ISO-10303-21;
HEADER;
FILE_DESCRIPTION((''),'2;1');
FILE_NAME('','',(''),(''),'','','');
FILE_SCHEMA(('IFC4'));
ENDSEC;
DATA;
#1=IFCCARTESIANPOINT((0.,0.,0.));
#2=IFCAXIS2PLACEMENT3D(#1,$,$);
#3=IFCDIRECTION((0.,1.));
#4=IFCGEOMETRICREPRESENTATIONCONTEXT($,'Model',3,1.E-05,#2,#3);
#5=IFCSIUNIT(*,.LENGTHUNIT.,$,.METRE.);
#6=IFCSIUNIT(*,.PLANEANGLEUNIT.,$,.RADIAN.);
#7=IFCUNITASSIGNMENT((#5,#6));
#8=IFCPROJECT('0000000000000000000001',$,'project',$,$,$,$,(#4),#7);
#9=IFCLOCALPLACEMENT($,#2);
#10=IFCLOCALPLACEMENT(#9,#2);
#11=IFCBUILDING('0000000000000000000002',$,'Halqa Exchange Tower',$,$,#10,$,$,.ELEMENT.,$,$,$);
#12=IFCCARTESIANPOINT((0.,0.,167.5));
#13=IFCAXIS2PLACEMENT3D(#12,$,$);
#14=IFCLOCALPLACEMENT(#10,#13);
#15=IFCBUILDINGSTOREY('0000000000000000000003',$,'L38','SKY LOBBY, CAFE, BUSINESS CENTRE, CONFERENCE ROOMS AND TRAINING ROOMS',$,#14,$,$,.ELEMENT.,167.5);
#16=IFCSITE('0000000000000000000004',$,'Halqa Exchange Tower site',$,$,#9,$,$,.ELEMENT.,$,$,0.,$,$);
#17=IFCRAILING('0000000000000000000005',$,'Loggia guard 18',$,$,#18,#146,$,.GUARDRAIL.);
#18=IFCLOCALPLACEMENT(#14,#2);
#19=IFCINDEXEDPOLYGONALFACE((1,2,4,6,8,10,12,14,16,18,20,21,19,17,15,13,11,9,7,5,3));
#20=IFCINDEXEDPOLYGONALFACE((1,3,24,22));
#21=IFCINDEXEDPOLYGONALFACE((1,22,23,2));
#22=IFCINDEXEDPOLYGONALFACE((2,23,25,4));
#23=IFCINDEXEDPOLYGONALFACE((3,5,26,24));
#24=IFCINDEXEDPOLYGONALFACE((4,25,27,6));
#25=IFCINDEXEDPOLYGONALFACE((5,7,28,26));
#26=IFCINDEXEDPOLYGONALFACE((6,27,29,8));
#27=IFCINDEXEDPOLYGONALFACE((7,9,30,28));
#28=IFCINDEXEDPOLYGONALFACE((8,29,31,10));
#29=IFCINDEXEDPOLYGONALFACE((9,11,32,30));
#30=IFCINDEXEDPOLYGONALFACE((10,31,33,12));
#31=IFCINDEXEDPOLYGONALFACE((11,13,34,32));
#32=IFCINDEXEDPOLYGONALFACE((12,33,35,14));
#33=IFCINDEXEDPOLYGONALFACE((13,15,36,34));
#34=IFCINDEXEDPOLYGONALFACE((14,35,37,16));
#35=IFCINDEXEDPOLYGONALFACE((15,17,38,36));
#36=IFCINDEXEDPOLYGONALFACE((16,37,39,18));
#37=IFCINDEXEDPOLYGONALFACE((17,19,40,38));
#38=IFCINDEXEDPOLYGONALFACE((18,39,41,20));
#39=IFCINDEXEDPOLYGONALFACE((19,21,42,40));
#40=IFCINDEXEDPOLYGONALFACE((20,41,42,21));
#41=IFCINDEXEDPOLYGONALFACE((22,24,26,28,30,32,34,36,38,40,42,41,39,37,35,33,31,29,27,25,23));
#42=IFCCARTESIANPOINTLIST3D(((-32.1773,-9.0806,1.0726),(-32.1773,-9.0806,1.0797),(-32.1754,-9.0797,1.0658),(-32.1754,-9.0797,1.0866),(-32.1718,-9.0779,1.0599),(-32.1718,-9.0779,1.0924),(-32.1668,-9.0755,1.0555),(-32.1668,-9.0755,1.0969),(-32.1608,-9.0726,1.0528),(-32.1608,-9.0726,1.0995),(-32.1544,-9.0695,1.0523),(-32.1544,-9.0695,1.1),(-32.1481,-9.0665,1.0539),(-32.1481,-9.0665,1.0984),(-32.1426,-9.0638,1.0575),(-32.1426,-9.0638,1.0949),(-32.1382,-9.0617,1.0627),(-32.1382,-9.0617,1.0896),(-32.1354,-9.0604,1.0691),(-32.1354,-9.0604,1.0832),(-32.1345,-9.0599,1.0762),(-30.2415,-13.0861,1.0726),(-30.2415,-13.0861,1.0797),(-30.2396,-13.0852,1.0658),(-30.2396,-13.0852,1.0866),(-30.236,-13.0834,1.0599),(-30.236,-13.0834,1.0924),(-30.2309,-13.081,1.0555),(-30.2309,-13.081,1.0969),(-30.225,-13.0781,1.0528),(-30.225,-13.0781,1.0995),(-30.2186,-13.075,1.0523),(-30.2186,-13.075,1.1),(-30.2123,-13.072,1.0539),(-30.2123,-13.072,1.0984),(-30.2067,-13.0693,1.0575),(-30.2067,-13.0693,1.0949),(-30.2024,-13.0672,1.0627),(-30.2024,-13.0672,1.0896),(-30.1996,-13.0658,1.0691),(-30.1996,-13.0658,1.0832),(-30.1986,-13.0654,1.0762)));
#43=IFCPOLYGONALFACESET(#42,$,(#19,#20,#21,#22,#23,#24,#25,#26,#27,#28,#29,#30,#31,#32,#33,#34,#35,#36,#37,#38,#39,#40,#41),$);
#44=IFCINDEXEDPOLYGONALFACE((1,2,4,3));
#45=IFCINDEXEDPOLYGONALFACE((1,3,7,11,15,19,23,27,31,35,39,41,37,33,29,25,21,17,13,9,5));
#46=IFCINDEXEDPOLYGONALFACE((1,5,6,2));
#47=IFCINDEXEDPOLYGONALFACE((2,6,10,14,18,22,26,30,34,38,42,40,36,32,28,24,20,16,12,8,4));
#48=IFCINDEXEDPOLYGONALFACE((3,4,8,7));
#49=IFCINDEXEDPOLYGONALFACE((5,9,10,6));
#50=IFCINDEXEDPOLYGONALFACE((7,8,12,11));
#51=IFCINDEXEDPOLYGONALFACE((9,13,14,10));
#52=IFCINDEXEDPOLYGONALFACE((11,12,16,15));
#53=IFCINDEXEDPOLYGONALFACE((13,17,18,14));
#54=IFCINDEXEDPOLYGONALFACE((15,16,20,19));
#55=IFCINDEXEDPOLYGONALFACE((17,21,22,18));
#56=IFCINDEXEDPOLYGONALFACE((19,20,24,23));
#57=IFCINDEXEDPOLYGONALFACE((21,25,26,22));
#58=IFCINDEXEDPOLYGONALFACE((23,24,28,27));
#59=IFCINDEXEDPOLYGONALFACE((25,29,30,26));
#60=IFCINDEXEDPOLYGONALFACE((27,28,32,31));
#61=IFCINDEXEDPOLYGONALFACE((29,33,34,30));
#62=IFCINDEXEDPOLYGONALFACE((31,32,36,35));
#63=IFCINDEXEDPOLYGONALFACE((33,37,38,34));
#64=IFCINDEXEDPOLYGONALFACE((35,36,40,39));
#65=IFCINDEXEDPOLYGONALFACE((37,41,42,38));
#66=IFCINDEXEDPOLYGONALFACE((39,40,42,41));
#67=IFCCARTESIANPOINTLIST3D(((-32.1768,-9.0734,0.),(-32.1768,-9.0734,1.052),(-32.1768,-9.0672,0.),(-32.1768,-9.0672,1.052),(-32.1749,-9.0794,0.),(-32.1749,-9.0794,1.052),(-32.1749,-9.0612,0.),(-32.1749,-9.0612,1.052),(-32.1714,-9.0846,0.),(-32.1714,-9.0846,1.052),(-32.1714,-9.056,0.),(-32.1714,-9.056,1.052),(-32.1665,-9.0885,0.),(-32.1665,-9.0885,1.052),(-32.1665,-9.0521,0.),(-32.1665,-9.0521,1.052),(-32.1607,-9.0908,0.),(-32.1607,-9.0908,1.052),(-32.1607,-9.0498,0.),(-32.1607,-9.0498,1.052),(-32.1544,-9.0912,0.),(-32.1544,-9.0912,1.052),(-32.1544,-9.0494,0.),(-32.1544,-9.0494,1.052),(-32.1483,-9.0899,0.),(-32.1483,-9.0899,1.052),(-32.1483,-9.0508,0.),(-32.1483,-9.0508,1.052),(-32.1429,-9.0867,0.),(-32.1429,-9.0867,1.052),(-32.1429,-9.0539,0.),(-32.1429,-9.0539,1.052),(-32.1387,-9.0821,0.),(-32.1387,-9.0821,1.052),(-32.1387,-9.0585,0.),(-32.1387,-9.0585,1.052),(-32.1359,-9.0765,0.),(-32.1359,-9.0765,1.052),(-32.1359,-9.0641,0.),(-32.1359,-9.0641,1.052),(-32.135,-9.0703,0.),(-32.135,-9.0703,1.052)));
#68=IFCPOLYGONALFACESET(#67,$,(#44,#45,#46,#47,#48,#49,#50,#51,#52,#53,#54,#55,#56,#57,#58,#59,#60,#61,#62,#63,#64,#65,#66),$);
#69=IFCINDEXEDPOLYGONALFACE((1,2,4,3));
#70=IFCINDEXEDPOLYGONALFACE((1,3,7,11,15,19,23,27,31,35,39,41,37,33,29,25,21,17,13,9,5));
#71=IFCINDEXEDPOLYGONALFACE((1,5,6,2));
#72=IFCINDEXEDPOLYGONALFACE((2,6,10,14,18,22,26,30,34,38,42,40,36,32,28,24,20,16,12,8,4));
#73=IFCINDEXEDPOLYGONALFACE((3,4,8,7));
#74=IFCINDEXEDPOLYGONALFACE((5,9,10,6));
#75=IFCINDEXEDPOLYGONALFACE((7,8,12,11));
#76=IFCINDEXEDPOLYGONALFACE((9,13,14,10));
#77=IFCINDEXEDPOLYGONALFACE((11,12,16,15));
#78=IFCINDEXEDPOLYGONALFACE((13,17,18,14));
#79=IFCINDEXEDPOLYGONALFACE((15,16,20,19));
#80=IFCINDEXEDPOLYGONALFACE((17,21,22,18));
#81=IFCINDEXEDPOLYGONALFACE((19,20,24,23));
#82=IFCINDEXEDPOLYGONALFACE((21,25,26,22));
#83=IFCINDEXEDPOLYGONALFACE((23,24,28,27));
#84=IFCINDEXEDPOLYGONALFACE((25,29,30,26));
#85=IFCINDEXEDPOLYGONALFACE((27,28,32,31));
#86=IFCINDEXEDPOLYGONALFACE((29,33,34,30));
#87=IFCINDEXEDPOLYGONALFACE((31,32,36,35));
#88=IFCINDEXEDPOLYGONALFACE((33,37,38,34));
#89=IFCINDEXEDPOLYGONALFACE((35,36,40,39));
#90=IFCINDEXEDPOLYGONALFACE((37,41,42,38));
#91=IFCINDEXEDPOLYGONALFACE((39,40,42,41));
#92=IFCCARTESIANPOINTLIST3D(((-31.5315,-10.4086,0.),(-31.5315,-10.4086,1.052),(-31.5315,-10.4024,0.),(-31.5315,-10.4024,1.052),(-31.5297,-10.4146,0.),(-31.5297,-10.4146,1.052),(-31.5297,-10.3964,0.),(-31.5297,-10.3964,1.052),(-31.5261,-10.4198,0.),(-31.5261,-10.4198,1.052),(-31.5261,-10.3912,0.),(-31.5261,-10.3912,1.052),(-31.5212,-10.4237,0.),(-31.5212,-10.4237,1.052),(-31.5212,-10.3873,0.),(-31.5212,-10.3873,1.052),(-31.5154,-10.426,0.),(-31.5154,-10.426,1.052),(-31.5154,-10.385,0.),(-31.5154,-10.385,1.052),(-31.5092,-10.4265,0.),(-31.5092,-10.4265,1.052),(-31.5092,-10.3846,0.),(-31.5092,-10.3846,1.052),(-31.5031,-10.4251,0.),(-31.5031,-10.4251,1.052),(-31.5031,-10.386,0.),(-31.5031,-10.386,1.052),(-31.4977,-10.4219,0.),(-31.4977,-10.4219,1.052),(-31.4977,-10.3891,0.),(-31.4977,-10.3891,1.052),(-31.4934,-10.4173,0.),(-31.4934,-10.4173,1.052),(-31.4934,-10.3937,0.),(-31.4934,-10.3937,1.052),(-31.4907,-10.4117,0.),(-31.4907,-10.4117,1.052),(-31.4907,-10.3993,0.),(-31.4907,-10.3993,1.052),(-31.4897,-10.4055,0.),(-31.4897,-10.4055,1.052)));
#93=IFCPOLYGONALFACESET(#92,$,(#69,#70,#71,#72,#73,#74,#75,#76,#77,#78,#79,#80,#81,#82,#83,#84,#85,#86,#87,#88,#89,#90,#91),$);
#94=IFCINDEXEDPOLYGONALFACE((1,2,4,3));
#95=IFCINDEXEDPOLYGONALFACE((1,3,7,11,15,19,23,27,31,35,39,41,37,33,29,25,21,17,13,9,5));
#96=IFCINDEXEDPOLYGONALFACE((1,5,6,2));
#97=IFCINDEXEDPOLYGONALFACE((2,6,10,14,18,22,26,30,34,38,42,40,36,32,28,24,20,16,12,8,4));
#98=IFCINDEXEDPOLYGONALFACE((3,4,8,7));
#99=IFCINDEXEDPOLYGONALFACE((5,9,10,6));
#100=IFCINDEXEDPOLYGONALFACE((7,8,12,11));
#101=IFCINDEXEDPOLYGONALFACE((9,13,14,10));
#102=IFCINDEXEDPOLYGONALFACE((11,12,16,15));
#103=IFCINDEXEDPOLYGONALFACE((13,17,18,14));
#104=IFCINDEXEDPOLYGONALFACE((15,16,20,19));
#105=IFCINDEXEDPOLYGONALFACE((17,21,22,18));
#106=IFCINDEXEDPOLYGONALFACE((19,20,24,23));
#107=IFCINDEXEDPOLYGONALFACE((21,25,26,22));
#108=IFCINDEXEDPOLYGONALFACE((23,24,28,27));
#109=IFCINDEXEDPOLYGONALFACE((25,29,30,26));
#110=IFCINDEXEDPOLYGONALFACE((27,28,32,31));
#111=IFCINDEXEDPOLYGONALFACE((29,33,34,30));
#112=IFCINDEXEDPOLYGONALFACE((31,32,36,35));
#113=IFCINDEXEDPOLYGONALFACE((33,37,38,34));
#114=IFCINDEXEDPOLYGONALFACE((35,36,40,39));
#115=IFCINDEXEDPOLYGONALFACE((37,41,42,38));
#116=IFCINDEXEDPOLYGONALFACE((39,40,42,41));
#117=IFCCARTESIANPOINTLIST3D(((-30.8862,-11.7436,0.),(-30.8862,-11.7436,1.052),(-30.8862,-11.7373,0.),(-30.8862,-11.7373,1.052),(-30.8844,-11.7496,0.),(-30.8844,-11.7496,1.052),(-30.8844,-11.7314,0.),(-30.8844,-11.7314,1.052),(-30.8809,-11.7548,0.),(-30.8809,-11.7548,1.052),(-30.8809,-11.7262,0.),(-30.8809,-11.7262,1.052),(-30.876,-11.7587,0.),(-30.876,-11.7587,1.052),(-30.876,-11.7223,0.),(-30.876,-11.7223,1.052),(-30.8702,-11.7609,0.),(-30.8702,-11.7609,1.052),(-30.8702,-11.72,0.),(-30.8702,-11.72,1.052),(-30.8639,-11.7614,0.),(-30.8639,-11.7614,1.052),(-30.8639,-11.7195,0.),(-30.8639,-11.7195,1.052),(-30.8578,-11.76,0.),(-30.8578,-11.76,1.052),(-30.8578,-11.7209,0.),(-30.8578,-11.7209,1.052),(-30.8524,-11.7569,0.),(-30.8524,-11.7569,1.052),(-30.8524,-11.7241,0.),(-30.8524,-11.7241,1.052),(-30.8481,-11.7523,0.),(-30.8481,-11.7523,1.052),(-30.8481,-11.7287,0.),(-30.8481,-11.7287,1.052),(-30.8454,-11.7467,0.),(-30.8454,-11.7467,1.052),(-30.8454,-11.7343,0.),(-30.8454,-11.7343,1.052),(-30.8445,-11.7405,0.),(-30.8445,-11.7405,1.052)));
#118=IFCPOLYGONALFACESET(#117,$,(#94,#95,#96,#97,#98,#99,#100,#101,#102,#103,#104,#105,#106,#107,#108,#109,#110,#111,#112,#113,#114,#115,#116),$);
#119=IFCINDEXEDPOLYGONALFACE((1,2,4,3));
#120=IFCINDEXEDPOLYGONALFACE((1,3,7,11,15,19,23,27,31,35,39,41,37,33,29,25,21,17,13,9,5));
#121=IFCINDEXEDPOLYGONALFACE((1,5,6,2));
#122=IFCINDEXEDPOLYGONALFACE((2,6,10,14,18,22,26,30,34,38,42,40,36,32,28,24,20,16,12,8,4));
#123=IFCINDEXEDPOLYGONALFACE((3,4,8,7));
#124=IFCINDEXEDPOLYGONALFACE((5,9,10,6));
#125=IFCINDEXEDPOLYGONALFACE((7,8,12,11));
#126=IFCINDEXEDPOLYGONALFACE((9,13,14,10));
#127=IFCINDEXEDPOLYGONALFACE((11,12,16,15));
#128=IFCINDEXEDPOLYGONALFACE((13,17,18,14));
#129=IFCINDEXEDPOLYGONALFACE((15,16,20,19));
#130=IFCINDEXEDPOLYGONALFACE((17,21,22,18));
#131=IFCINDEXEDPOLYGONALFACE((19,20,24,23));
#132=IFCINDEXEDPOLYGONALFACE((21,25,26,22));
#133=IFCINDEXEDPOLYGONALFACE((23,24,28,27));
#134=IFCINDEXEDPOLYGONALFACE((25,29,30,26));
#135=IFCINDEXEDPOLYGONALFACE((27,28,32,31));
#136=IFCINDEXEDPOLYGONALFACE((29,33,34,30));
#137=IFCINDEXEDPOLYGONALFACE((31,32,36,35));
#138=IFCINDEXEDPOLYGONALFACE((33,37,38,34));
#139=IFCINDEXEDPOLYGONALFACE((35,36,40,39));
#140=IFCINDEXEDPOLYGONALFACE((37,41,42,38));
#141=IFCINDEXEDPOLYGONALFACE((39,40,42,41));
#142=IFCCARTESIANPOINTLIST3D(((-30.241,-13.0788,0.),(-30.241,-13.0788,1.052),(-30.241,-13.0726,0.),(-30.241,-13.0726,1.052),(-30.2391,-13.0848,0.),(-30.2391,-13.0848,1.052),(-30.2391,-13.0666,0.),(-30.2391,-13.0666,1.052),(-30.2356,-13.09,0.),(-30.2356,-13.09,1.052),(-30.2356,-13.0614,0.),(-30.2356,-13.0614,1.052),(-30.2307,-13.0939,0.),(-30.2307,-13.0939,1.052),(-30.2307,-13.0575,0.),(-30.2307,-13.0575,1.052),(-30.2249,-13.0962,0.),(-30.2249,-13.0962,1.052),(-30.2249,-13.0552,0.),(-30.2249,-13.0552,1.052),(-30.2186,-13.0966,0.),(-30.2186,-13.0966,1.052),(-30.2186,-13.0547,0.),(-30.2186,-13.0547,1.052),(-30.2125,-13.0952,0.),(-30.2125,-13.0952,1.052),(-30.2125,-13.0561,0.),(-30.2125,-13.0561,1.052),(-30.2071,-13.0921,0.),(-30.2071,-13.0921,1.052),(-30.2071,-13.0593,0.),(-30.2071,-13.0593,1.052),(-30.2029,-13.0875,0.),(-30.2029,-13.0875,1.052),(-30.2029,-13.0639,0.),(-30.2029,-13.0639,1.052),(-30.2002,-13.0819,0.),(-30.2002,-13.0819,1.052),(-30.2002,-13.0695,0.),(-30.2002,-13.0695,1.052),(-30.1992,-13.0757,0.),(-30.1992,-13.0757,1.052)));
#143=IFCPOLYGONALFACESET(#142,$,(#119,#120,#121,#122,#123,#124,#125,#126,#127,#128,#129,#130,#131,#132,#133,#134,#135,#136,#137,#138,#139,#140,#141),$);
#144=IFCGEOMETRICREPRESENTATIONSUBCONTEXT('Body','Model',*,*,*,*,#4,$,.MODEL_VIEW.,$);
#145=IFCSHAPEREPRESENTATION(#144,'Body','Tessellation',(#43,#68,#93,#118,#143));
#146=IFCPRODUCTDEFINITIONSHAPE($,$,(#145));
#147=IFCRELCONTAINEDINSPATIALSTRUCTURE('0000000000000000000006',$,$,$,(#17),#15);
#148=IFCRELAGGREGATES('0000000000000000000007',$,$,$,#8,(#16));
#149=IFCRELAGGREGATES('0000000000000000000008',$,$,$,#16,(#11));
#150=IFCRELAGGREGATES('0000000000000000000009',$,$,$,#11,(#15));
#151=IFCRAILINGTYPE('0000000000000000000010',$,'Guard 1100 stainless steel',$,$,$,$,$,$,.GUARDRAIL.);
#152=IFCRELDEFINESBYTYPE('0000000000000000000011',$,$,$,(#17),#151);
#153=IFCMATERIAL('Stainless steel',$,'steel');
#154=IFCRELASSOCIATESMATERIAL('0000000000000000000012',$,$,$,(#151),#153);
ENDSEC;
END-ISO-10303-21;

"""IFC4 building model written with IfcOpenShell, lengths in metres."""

from ifc_helpers import new_model, si_unit, direction, frame, origin, origin_2d, place, context, subcontext, project, spatial, circle, extrude, material, type_object, element, save


model = new_model("IFC4")

# Units and contexts
model_context = context("Model", 3, precision=1e-05, world=origin(), true_north=direction((0.0, 1.0)))
body_context = subcontext(model_context, "Body", "Model", "MODEL_VIEW")
ifc_project = project(units=[si_unit("LENGTHUNIT", "METRE"), si_unit("PLANEANGLEUNIT", "RADIAN")], contexts=[model_context])

# Site, building, storey
site_placement = place(None, origin())
site = spatial("IfcSite", under=ifc_project, at=site_placement, Name="Halqa Exchange Tower site", CompositionType="ELEMENT", RefElevation=0.0)
building_placement = place(site_placement, origin())
building = spatial("IfcBuilding", under=site, at=building_placement, Name="Halqa Exchange Tower", CompositionType="ELEMENT")
storey_placement = place(building_placement, frame((0.0, 0.0, 167.5)))
storey = spatial("IfcBuildingStorey", under=building, at=storey_placement, Name="L38", Description="SKY LOBBY, CAFE, BUSINESS CENTRE, CONFERENCE ROOMS AND TRAINING ROOMS", CompositionType="ELEMENT", Elevation=167.5)

# Railing
ifc_material_1 = material(Name="Stainless steel", Category="steel")
railing_type = type_object("IfcRailingType", Name="Guard 1100 stainless steel", PredefinedType="GUARDRAIL", material=ifc_material_1)
railing_1_placement = place(storey_placement, frame((-32.156, -9.0703, 0.0)))
element("IfcRailing", 1, at=railing_1_placement, inside=storey, type_object=railing_type, Name="Loggia guard 18", PredefinedType="GUARDRAIL", context=body_context, shape_type="SweptSolid", body=[
    extrude(circle(Radius=0.0239, at=origin_2d()), frame((0.0, 0.0, 1.0762), z_axis=(0.435143, -0.900361, 0.0), x_axis=(0.900361, 0.435143, 0.0)), (0.0, 0.0, 1.0), 4.4487),
    extrude(circle(Radius=0.021, at=origin_2d()), origin(), (0.0, 0.0, 1.0), 1.052),
    extrude(circle(Radius=0.021, at=origin_2d()), frame((0.6453, -1.3352, 0.0)), (0.0, 0.0, 1.0), 1.052),
    extrude(circle(Radius=0.021, at=origin_2d()), frame((1.2905, -2.6702, 0.0)), (0.0, 0.0, 1.0), 1.052),
    extrude(circle(Radius=0.021, at=origin_2d()), frame((1.9358, -4.0054, 0.0)), (0.0, 0.0, 1.0), 1.052),
])

save(model, "model.ifc")
